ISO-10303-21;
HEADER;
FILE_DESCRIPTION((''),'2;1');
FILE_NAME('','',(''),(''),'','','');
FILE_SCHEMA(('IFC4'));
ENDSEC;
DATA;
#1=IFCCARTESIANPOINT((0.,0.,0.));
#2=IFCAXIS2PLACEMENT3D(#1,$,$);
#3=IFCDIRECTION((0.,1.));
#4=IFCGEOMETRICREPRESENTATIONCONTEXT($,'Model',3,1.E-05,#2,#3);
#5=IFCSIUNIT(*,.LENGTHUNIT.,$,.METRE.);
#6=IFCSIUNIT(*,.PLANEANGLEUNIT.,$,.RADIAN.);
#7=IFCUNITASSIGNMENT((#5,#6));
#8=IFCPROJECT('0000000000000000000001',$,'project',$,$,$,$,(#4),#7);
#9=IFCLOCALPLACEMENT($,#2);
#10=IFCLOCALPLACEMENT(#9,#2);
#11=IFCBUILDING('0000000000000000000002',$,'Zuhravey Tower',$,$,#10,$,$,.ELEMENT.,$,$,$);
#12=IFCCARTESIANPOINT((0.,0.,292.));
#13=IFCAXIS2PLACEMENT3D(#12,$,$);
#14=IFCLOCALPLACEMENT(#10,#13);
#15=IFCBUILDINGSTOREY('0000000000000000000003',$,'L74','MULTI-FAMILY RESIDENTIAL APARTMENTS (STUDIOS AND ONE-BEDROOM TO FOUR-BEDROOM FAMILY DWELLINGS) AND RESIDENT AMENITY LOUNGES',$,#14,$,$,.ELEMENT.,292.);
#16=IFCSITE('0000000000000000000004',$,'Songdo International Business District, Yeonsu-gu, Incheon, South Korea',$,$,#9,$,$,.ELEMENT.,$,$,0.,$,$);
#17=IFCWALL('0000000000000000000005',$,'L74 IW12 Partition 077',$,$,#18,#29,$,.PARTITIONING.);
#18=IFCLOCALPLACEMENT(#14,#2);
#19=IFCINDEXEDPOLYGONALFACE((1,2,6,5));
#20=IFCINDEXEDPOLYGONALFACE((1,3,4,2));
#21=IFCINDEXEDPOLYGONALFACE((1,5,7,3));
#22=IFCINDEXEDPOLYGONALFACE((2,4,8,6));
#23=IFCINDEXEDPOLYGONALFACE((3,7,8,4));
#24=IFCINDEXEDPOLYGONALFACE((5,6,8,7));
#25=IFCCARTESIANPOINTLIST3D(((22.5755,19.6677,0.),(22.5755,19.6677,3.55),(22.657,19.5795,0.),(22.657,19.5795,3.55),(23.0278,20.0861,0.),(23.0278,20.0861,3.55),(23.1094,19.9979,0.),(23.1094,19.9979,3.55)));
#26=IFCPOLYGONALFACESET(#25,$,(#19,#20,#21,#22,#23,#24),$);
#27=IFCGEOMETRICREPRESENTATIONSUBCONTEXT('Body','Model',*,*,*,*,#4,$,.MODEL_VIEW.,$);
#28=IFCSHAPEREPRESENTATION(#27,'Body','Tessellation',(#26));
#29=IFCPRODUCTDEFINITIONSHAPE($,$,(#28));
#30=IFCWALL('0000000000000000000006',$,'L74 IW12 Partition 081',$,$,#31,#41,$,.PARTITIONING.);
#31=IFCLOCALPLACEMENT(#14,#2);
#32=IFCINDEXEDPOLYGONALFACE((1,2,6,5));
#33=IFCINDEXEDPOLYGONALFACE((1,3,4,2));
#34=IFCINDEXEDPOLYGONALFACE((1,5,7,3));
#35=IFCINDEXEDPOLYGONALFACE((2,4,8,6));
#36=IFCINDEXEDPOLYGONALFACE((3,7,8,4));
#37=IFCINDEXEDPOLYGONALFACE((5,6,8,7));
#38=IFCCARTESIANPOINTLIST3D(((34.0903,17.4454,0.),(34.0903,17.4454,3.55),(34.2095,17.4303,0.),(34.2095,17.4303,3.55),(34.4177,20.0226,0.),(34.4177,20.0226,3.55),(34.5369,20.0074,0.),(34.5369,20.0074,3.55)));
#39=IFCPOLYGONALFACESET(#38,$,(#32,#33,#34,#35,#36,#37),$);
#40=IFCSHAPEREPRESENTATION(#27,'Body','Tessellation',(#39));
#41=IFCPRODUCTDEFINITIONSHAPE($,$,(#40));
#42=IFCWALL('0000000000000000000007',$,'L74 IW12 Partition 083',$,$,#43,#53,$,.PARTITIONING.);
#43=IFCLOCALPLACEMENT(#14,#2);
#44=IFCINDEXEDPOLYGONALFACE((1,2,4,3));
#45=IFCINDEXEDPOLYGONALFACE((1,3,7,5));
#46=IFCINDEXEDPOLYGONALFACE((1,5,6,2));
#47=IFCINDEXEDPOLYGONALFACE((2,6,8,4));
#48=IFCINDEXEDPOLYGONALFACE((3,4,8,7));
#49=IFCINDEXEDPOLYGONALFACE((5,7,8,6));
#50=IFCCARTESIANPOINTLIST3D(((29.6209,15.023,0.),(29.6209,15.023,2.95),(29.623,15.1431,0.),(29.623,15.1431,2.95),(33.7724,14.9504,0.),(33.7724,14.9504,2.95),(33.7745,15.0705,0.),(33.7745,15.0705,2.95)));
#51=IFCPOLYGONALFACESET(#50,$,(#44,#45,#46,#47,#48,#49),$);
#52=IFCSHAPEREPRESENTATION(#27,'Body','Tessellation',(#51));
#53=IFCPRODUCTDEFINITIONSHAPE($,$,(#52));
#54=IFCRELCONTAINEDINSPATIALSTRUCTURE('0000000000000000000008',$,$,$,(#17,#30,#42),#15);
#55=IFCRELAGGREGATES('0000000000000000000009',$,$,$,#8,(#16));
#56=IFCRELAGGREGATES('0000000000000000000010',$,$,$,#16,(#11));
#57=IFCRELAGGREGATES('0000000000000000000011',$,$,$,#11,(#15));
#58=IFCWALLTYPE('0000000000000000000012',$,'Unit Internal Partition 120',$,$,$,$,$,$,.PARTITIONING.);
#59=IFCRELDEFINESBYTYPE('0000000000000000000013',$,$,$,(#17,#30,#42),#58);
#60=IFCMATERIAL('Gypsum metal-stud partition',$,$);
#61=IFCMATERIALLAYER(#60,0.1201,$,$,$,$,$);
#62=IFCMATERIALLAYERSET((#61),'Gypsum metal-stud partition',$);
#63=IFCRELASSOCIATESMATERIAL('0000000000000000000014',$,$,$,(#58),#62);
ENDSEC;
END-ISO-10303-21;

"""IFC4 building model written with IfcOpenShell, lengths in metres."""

from ifc_helpers import new_model, si_unit, direction, frame, frame_2d, origin, place, context, subcontext, project, spatial, rectangle, extrude, material, layer, layer_set, type_object, element, save


model = new_model("IFC4")

# Units and contexts
model_context = context("Model", 3, precision=1e-05, world=origin(), true_north=direction((0.0, 1.0)))
body_context = subcontext(model_context, "Body", "Model", "MODEL_VIEW")
ifc_project = project(units=[si_unit("LENGTHUNIT", "METRE"), si_unit("PLANEANGLEUNIT", "RADIAN")], contexts=[model_context])

# Site, building, storey
site_placement = place(None, origin())
site = spatial("IfcSite", under=ifc_project, at=site_placement, Name="Songdo International Business District, Yeonsu-gu, Incheon, South Korea", CompositionType="ELEMENT", RefElevation=0.0)
building_placement = place(site_placement, origin())
building = spatial("IfcBuilding", under=site, at=building_placement, Name="Zuhravey Tower", CompositionType="ELEMENT")
storey_placement = place(building_placement, frame((0.0, 0.0, 292.0)))
storey = spatial("IfcBuildingStorey", under=building, at=storey_placement, Name="L74", Description="MULTI-FAMILY RESIDENTIAL APARTMENTS (STUDIOS AND ONE-BEDROOM TO FOUR-BEDROOM FAMILY DWELLINGS) AND RESIDENT AMENITY LOUNGES", CompositionType="ELEMENT", Elevation=292.0)

# Shared definitions
ifc_material_1 = material(Name="Gypsum metal-stud partition")
ifc_layer_1 = layer(ifc_material_1, 0.1201)
ifc_layer_set_1 = layer_set([ifc_layer_1], Name="Gypsum metal-stud partition")
wall_type_1 = type_object("IfcWallType", Name="Unit Internal Partition 120", PredefinedType="PARTITIONING", material=ifc_layer_set_1)

# Walls
wall_1_placement = place(storey_placement, frame((23.0686, 20.042, 0.0), z_axis=(0.0, 0.0, 1.0), x_axis=(-0.734104, -0.679037, 0.0)))
element("IfcWall", 1, at=wall_1_placement, inside=storey, type_object=wall_type_1, Name="L74 IW12 Partition 077", PredefinedType="PARTITIONING", context=body_context, shape_type="SweptSolid", body=[
    extrude(rectangle(XDim=0.6162, YDim=0.1201, at=frame_2d((0.3081, 0.0))), origin(), (0.0, 0.0, 1.0), 3.55),
])
wall_2_placement = place(storey_placement, frame((34.4773, 20.0149, 0.0), z_axis=(0.0, 0.0, 1.0), x_axis=(-0.126024, -0.992027, 0.0)))
element("IfcWall", 2, at=wall_2_placement, inside=storey, type_object=wall_type_1, Name="L74 IW12 Partition 081", PredefinedType="PARTITIONING", context=body_context, shape_type="SweptSolid", body=[
    extrude(rectangle(XDim=2.5979, YDim=0.1201, at=frame_2d((1.2988, 0.0))), origin(), (0.0, 0.0, 1.0), 3.55),
])
wall_3_placement = place(storey_placement, frame((29.6218, 15.083, 0.0), z_axis=(0.0, 0.0, 1.0), x_axis=(0.999847, -0.017464, 0.0)))
element("IfcWall", 3, at=wall_3_placement, inside=storey, type_object=wall_type_1, Name="L74 IW12 Partition 083", PredefinedType="PARTITIONING", context=body_context, shape_type="SweptSolid", body=[
    extrude(rectangle(XDim=4.1521, YDim=0.1201, at=frame_2d((2.0762, 0.0))), origin(), (0.0, 0.0, 1.0), 2.95),
])

save(model, "model.ifc")
